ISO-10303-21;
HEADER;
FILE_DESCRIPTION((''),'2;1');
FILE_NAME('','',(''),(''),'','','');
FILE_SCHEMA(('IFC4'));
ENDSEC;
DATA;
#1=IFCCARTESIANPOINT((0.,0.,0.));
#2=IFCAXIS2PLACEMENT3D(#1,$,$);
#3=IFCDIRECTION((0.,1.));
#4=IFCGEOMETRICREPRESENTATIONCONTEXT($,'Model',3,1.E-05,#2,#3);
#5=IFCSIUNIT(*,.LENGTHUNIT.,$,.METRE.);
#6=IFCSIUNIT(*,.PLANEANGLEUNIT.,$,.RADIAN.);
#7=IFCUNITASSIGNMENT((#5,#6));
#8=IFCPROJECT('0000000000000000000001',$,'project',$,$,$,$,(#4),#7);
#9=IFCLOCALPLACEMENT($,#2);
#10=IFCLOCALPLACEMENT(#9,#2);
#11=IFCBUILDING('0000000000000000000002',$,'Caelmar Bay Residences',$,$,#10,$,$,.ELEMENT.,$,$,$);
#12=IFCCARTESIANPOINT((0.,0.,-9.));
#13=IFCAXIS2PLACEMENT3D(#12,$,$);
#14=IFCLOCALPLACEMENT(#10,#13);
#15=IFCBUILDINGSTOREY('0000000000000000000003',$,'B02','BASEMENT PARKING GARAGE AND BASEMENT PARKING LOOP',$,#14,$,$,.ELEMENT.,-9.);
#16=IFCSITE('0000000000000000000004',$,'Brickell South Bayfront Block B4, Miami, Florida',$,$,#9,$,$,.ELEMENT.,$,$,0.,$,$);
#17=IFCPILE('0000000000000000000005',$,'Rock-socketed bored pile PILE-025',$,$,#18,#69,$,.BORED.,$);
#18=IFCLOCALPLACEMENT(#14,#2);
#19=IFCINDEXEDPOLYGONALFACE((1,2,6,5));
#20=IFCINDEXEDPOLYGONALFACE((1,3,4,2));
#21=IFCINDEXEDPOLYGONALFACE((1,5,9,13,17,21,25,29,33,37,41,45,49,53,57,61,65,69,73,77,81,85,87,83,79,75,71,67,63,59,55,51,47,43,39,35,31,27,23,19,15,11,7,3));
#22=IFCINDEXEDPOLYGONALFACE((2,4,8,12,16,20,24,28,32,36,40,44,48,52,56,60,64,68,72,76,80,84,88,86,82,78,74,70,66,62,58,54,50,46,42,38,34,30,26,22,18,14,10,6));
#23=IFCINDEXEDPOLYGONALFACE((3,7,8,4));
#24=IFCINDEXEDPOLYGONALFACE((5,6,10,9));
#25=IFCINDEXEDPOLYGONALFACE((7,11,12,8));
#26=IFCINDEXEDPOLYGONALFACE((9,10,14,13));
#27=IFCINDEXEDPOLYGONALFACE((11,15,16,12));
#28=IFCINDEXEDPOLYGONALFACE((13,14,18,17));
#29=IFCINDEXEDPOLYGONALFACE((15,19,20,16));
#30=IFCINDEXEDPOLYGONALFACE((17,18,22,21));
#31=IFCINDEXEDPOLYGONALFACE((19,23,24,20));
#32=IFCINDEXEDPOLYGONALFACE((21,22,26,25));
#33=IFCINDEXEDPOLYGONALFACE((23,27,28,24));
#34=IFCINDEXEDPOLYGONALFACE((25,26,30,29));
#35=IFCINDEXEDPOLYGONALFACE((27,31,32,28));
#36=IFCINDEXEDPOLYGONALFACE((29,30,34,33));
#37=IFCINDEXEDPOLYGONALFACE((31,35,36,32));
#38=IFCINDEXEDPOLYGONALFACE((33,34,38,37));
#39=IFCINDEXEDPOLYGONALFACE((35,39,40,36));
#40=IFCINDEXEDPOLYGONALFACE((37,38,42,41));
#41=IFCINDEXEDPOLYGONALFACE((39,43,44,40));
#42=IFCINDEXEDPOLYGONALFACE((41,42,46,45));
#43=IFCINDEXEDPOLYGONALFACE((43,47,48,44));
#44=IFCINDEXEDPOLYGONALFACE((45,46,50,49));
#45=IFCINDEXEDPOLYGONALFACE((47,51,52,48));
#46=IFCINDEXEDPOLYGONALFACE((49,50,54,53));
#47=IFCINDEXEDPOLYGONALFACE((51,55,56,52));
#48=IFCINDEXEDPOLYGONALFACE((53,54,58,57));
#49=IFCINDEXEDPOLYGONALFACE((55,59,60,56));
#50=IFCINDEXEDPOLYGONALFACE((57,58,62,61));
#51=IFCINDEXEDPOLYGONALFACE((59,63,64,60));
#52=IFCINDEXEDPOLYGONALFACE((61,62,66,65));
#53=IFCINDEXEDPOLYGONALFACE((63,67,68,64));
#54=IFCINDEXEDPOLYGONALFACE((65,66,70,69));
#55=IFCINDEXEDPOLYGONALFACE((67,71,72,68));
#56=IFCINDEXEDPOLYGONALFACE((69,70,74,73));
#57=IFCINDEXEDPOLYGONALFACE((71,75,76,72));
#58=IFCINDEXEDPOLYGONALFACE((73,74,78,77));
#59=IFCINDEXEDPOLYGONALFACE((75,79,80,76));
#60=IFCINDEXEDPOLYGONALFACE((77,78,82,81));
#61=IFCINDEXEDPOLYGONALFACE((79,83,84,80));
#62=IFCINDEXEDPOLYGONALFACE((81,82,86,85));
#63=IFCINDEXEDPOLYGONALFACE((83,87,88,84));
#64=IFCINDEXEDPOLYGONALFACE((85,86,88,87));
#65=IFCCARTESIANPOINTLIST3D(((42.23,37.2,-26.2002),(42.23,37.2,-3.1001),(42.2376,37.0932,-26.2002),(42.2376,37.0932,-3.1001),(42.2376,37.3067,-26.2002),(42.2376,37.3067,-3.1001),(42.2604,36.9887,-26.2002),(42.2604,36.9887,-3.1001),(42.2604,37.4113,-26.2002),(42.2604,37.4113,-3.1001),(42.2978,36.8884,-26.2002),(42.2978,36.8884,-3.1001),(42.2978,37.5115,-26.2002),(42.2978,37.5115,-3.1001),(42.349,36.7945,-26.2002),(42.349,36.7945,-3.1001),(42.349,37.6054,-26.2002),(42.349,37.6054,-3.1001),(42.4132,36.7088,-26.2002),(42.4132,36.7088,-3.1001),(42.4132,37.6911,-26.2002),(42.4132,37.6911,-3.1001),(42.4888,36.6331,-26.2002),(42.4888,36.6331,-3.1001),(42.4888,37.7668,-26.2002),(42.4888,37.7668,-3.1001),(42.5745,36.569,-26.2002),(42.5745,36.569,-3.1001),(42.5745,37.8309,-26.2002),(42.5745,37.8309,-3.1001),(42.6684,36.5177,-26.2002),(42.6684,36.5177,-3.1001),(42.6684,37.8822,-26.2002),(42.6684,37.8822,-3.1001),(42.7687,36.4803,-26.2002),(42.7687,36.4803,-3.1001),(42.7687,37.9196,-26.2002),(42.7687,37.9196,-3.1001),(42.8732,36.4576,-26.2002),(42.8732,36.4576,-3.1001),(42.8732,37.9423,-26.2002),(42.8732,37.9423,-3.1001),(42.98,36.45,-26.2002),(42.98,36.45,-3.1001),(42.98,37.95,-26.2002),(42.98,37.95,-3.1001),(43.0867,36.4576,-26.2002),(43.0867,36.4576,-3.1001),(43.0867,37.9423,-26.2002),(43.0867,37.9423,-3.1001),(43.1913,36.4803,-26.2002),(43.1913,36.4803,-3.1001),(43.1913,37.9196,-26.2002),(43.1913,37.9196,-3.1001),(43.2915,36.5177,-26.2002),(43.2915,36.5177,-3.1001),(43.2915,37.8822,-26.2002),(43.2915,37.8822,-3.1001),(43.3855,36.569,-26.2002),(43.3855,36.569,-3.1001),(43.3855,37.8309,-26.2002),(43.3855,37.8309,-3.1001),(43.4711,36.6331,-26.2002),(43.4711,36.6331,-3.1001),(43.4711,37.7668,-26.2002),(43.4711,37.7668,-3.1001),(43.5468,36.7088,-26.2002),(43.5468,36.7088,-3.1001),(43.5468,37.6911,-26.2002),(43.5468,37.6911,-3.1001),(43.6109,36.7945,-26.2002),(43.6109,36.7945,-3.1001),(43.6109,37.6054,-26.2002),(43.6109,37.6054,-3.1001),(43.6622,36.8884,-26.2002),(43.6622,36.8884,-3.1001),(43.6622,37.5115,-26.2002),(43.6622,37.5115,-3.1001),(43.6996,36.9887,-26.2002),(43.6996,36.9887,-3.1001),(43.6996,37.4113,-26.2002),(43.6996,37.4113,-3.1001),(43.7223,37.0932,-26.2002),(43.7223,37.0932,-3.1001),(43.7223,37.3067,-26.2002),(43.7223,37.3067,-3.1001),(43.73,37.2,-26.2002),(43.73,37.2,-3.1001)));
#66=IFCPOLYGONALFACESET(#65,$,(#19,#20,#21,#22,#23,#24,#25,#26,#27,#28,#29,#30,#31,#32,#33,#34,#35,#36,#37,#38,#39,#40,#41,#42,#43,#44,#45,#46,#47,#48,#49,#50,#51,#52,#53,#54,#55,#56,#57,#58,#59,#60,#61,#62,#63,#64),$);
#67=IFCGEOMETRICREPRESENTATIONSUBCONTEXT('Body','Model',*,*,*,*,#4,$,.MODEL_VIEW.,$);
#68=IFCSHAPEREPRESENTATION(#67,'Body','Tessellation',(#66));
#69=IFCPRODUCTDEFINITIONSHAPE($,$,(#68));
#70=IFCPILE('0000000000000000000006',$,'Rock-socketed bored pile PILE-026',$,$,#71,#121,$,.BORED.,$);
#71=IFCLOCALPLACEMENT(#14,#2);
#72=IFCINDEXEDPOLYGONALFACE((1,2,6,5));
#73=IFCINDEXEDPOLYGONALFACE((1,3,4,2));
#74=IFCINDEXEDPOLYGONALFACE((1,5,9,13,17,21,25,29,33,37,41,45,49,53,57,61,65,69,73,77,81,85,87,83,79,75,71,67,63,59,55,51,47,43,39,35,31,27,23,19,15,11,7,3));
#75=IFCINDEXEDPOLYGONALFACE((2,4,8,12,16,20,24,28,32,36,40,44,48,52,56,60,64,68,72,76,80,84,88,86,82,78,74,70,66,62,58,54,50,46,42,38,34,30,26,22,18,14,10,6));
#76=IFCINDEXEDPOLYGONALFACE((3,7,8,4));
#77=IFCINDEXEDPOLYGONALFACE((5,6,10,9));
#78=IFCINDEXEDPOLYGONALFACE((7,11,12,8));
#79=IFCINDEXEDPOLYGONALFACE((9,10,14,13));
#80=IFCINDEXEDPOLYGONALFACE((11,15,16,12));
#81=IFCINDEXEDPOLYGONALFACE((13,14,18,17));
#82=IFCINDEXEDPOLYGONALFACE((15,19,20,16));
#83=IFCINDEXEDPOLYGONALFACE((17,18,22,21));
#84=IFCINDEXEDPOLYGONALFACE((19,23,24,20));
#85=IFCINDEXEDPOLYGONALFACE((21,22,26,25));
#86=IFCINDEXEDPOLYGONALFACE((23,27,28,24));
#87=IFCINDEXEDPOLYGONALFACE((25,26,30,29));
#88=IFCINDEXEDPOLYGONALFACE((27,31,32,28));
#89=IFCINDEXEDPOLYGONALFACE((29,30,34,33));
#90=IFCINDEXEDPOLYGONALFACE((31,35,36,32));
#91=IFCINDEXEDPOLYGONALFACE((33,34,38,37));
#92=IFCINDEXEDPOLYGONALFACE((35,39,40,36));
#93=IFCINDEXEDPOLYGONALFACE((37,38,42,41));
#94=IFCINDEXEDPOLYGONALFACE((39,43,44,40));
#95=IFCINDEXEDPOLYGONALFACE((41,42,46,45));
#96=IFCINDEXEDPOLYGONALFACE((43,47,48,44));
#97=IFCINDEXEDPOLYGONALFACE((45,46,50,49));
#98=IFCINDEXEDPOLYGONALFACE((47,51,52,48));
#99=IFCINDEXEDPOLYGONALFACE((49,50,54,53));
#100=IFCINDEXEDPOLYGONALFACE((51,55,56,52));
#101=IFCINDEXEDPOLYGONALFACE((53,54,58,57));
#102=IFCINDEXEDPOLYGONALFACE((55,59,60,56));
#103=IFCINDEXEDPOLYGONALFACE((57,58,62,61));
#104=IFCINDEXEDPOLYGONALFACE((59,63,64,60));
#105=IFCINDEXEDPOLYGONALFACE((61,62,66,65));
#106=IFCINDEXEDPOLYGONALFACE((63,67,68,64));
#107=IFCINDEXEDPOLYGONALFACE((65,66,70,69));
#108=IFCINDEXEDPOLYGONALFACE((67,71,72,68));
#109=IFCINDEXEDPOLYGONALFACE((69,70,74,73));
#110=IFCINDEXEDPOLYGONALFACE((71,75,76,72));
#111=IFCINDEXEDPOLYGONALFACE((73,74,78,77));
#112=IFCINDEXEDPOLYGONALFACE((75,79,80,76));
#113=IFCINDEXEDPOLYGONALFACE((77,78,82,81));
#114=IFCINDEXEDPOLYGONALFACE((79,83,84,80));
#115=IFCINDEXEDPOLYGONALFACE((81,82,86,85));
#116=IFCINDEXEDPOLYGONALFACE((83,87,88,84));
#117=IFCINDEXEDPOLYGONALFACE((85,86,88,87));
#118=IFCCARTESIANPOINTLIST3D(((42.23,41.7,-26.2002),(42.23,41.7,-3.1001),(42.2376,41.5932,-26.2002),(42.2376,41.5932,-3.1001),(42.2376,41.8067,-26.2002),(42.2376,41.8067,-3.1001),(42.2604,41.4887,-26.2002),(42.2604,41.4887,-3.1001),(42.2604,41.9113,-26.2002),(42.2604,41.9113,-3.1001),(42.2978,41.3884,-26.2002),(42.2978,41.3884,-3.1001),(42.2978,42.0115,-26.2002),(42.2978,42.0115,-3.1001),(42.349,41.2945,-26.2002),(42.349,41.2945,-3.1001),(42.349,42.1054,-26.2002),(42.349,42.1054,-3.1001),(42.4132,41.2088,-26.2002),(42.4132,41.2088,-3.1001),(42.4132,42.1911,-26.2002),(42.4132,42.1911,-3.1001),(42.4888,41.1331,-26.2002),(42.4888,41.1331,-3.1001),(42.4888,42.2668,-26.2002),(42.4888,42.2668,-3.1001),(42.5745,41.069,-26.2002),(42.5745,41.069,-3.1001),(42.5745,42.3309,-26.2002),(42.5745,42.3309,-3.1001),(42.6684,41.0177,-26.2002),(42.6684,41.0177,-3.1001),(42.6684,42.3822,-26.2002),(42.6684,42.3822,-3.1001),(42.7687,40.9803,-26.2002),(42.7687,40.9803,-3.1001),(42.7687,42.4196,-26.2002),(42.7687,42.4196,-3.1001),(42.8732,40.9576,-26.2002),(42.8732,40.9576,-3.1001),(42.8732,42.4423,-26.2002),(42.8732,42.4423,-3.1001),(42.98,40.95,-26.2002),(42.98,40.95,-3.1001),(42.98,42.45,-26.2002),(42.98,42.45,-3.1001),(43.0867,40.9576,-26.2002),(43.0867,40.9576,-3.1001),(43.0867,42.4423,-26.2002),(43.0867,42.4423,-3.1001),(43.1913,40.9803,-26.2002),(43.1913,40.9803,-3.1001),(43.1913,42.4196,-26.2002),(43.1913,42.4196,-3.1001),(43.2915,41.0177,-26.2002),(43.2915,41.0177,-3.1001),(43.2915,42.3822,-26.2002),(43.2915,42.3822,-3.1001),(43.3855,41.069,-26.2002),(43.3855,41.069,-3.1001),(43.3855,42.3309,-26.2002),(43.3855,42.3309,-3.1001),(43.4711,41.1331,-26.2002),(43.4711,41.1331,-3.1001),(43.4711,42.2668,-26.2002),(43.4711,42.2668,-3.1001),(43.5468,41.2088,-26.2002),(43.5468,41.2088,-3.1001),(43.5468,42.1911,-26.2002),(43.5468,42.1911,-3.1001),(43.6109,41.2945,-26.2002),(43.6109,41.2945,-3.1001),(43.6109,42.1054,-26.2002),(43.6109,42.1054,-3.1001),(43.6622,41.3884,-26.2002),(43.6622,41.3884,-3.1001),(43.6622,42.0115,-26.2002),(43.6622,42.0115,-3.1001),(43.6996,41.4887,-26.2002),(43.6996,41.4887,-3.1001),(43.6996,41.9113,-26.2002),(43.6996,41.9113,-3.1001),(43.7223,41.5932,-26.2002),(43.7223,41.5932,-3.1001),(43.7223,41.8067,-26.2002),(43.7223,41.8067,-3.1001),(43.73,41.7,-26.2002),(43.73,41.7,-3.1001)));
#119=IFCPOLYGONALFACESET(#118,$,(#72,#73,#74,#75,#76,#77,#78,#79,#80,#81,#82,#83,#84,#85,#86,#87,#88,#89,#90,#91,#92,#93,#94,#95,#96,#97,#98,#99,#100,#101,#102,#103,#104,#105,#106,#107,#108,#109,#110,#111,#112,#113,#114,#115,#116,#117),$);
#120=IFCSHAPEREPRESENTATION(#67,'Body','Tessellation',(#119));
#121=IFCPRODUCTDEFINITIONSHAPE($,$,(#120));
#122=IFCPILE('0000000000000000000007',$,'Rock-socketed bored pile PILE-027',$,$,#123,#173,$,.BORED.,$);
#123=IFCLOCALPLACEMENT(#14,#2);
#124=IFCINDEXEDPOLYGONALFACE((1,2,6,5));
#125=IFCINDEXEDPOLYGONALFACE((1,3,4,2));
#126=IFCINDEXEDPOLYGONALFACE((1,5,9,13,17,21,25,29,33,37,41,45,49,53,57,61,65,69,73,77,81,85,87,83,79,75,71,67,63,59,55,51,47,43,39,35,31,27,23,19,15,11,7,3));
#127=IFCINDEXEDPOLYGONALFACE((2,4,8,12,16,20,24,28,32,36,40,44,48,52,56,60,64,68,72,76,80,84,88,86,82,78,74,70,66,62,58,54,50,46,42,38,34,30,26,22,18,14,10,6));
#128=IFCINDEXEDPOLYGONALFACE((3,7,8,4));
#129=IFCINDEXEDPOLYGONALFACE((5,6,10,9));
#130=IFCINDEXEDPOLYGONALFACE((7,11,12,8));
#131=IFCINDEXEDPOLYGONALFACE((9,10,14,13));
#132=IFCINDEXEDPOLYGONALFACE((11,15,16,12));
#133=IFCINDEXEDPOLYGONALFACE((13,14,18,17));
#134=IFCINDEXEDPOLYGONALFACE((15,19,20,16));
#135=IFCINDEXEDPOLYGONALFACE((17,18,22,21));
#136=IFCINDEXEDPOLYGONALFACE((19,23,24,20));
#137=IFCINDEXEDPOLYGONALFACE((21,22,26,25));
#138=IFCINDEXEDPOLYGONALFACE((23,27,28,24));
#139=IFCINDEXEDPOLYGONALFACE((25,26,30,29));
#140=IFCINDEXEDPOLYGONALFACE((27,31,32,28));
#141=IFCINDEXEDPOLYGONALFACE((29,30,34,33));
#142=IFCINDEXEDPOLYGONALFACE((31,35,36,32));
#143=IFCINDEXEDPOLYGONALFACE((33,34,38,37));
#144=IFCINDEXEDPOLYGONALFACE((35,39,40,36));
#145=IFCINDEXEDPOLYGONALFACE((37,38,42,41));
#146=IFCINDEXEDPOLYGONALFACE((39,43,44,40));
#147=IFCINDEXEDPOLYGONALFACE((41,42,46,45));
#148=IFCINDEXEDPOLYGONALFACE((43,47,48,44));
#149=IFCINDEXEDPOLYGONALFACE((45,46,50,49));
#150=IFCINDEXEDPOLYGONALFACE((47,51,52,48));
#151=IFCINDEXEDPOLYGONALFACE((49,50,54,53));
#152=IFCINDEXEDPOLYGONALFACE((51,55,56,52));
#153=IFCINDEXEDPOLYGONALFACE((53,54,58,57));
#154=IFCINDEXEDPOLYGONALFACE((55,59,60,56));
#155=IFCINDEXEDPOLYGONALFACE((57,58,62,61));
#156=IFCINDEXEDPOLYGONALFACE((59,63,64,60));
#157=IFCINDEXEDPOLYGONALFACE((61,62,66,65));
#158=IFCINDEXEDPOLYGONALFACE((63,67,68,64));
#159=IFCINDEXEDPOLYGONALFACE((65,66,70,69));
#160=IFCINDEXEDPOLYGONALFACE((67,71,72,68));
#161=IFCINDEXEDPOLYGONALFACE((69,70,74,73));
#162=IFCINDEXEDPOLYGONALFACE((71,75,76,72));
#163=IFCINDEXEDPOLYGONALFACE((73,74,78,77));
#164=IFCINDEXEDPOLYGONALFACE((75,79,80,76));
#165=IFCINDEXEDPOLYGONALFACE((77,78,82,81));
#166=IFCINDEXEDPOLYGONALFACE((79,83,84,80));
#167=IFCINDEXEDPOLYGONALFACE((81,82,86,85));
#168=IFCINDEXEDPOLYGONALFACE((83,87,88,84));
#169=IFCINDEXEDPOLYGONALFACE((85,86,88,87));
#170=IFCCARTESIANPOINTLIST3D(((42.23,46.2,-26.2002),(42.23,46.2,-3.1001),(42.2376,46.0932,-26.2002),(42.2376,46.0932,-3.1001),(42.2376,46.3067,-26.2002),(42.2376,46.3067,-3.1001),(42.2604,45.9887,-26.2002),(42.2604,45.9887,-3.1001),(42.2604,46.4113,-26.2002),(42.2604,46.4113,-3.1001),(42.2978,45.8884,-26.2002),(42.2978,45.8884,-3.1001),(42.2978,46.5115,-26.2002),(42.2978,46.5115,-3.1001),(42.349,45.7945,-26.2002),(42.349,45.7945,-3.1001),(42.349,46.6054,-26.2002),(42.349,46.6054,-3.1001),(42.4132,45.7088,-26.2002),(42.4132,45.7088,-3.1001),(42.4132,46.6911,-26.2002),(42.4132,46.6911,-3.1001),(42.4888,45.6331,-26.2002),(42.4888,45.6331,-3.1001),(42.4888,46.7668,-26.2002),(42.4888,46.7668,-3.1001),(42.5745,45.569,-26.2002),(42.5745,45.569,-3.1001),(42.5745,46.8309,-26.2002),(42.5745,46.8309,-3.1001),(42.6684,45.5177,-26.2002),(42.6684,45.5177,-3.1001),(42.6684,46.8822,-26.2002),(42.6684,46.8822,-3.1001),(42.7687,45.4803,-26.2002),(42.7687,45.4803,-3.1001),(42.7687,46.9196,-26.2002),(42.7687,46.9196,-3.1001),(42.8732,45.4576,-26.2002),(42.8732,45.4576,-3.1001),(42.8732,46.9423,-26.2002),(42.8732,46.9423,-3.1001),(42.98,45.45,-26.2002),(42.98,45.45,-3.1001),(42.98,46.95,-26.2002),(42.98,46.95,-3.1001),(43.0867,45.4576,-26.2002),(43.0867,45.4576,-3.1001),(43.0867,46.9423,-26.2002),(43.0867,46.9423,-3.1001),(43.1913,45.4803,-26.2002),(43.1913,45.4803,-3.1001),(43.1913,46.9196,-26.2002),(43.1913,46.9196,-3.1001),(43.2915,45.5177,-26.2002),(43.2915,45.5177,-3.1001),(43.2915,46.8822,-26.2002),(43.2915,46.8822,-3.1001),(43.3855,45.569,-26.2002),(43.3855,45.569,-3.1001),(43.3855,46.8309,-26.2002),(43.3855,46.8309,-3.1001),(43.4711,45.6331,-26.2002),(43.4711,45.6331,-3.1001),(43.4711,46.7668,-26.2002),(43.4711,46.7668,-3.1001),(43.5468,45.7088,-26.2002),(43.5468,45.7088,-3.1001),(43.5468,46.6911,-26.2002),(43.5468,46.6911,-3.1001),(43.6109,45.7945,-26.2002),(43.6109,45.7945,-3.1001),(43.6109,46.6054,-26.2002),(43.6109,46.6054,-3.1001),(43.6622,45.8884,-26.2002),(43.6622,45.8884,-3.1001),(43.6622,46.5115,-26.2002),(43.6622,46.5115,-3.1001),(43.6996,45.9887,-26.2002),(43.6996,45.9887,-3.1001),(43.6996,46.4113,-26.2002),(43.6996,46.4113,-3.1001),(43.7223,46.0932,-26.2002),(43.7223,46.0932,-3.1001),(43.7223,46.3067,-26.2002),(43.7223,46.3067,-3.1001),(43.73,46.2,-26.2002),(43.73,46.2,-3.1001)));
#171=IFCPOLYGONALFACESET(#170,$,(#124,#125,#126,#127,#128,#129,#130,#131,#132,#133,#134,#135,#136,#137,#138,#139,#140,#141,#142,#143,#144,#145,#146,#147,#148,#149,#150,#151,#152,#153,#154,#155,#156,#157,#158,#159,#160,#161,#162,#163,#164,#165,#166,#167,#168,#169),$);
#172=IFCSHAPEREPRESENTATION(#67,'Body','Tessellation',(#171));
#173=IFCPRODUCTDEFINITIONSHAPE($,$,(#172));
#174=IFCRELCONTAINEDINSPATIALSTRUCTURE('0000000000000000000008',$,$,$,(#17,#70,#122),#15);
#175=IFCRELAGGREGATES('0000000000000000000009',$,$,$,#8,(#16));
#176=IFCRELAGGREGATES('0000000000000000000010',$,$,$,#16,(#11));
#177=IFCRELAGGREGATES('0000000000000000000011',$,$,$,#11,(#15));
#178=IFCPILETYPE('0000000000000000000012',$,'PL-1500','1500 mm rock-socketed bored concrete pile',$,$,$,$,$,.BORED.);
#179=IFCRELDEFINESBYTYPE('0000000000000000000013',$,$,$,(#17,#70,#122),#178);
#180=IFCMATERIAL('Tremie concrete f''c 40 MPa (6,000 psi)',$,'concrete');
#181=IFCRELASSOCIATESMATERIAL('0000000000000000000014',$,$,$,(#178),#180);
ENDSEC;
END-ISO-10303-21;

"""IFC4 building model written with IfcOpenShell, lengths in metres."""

from ifc_helpers import new_model, si_unit, direction, frame, origin, origin_2d, place, context, subcontext, project, spatial, circle, extrude, material, material_profile, profile_set, type_object, element, save


model = new_model("IFC4")

# Units and contexts
model_context = context("Model", 3, precision=1e-05, world=origin(), true_north=direction((0.0, 1.0)))
body_context = subcontext(model_context, "Body", "Model", "MODEL_VIEW")
ifc_project = project(units=[si_unit("LENGTHUNIT", "METRE"), si_unit("PLANEANGLEUNIT", "RADIAN")], contexts=[model_context])

# Site, building, storey
site_placement = place(None, origin())
site = spatial("IfcSite", under=ifc_project, at=site_placement, Name="Brickell South Bayfront Block B4, Miami, Florida", CompositionType="ELEMENT", RefElevation=0.0)
building_placement = place(site_placement, origin())
building = spatial("IfcBuilding", under=site, at=building_placement, Name="Caelmar Bay Residences", CompositionType="ELEMENT")
storey_placement = place(building_placement, frame((0.0, 0.0, -9.0)))
storey = spatial("IfcBuildingStorey", under=building, at=storey_placement, Name="B02", Description="BASEMENT PARKING GARAGE AND BASEMENT PARKING LOOP", CompositionType="ELEMENT", Elevation=-9.0)

# Piles
ifc_material_1 = material(Name="Tremie concrete f'c 40 MPa (6,000 psi)", Category="concrete")
ifc_material_profile_1 = material_profile(ifc_material_1, circle(Radius=0.75, at=origin_2d()), Name="PILE-1500D")
ifc_profile_set_1 = profile_set([ifc_material_profile_1], Name="Tremie concrete f'c 40 MPa (6,000 psi)")
pile_type_1 = type_object("IfcPileType", Name="PL-1500", Description="1500 mm rock-socketed bored concrete pile", PredefinedType="BORED", material=ifc_profile_set_1)
for number, where, z_axis, x_axis, name in (
    (1, (42.98, 37.2, -3.1001), (0.0, 0.0, -1.0), (1.0, 0.0, 0.0), "Rock-socketed bored pile PILE-025"),
    (2, (42.98, 41.7, -3.1001), (0.0, 0.0, -1.0), (1.0, 0.0, 0.0), "Rock-socketed bored pile PILE-026"),
    (3, (42.98, 46.2, -3.1001), (0.0, 0.0, -1.0), (1.0, 0.0, 0.0), "Rock-socketed bored pile PILE-027"),
):
    element("IfcPile", number, at=place(storey_placement, frame(where, z_axis=z_axis, x_axis=x_axis)), inside=storey, type_object=pile_type_1, Name=name, PredefinedType="BORED", context=body_context, shape_type="SweptSolid", body=[
        extrude(circle(Radius=0.75, at=origin_2d()), origin(), (0.0, 0.0, 1.0), 23.1001),
    ])

save(model, "model.ifc")
